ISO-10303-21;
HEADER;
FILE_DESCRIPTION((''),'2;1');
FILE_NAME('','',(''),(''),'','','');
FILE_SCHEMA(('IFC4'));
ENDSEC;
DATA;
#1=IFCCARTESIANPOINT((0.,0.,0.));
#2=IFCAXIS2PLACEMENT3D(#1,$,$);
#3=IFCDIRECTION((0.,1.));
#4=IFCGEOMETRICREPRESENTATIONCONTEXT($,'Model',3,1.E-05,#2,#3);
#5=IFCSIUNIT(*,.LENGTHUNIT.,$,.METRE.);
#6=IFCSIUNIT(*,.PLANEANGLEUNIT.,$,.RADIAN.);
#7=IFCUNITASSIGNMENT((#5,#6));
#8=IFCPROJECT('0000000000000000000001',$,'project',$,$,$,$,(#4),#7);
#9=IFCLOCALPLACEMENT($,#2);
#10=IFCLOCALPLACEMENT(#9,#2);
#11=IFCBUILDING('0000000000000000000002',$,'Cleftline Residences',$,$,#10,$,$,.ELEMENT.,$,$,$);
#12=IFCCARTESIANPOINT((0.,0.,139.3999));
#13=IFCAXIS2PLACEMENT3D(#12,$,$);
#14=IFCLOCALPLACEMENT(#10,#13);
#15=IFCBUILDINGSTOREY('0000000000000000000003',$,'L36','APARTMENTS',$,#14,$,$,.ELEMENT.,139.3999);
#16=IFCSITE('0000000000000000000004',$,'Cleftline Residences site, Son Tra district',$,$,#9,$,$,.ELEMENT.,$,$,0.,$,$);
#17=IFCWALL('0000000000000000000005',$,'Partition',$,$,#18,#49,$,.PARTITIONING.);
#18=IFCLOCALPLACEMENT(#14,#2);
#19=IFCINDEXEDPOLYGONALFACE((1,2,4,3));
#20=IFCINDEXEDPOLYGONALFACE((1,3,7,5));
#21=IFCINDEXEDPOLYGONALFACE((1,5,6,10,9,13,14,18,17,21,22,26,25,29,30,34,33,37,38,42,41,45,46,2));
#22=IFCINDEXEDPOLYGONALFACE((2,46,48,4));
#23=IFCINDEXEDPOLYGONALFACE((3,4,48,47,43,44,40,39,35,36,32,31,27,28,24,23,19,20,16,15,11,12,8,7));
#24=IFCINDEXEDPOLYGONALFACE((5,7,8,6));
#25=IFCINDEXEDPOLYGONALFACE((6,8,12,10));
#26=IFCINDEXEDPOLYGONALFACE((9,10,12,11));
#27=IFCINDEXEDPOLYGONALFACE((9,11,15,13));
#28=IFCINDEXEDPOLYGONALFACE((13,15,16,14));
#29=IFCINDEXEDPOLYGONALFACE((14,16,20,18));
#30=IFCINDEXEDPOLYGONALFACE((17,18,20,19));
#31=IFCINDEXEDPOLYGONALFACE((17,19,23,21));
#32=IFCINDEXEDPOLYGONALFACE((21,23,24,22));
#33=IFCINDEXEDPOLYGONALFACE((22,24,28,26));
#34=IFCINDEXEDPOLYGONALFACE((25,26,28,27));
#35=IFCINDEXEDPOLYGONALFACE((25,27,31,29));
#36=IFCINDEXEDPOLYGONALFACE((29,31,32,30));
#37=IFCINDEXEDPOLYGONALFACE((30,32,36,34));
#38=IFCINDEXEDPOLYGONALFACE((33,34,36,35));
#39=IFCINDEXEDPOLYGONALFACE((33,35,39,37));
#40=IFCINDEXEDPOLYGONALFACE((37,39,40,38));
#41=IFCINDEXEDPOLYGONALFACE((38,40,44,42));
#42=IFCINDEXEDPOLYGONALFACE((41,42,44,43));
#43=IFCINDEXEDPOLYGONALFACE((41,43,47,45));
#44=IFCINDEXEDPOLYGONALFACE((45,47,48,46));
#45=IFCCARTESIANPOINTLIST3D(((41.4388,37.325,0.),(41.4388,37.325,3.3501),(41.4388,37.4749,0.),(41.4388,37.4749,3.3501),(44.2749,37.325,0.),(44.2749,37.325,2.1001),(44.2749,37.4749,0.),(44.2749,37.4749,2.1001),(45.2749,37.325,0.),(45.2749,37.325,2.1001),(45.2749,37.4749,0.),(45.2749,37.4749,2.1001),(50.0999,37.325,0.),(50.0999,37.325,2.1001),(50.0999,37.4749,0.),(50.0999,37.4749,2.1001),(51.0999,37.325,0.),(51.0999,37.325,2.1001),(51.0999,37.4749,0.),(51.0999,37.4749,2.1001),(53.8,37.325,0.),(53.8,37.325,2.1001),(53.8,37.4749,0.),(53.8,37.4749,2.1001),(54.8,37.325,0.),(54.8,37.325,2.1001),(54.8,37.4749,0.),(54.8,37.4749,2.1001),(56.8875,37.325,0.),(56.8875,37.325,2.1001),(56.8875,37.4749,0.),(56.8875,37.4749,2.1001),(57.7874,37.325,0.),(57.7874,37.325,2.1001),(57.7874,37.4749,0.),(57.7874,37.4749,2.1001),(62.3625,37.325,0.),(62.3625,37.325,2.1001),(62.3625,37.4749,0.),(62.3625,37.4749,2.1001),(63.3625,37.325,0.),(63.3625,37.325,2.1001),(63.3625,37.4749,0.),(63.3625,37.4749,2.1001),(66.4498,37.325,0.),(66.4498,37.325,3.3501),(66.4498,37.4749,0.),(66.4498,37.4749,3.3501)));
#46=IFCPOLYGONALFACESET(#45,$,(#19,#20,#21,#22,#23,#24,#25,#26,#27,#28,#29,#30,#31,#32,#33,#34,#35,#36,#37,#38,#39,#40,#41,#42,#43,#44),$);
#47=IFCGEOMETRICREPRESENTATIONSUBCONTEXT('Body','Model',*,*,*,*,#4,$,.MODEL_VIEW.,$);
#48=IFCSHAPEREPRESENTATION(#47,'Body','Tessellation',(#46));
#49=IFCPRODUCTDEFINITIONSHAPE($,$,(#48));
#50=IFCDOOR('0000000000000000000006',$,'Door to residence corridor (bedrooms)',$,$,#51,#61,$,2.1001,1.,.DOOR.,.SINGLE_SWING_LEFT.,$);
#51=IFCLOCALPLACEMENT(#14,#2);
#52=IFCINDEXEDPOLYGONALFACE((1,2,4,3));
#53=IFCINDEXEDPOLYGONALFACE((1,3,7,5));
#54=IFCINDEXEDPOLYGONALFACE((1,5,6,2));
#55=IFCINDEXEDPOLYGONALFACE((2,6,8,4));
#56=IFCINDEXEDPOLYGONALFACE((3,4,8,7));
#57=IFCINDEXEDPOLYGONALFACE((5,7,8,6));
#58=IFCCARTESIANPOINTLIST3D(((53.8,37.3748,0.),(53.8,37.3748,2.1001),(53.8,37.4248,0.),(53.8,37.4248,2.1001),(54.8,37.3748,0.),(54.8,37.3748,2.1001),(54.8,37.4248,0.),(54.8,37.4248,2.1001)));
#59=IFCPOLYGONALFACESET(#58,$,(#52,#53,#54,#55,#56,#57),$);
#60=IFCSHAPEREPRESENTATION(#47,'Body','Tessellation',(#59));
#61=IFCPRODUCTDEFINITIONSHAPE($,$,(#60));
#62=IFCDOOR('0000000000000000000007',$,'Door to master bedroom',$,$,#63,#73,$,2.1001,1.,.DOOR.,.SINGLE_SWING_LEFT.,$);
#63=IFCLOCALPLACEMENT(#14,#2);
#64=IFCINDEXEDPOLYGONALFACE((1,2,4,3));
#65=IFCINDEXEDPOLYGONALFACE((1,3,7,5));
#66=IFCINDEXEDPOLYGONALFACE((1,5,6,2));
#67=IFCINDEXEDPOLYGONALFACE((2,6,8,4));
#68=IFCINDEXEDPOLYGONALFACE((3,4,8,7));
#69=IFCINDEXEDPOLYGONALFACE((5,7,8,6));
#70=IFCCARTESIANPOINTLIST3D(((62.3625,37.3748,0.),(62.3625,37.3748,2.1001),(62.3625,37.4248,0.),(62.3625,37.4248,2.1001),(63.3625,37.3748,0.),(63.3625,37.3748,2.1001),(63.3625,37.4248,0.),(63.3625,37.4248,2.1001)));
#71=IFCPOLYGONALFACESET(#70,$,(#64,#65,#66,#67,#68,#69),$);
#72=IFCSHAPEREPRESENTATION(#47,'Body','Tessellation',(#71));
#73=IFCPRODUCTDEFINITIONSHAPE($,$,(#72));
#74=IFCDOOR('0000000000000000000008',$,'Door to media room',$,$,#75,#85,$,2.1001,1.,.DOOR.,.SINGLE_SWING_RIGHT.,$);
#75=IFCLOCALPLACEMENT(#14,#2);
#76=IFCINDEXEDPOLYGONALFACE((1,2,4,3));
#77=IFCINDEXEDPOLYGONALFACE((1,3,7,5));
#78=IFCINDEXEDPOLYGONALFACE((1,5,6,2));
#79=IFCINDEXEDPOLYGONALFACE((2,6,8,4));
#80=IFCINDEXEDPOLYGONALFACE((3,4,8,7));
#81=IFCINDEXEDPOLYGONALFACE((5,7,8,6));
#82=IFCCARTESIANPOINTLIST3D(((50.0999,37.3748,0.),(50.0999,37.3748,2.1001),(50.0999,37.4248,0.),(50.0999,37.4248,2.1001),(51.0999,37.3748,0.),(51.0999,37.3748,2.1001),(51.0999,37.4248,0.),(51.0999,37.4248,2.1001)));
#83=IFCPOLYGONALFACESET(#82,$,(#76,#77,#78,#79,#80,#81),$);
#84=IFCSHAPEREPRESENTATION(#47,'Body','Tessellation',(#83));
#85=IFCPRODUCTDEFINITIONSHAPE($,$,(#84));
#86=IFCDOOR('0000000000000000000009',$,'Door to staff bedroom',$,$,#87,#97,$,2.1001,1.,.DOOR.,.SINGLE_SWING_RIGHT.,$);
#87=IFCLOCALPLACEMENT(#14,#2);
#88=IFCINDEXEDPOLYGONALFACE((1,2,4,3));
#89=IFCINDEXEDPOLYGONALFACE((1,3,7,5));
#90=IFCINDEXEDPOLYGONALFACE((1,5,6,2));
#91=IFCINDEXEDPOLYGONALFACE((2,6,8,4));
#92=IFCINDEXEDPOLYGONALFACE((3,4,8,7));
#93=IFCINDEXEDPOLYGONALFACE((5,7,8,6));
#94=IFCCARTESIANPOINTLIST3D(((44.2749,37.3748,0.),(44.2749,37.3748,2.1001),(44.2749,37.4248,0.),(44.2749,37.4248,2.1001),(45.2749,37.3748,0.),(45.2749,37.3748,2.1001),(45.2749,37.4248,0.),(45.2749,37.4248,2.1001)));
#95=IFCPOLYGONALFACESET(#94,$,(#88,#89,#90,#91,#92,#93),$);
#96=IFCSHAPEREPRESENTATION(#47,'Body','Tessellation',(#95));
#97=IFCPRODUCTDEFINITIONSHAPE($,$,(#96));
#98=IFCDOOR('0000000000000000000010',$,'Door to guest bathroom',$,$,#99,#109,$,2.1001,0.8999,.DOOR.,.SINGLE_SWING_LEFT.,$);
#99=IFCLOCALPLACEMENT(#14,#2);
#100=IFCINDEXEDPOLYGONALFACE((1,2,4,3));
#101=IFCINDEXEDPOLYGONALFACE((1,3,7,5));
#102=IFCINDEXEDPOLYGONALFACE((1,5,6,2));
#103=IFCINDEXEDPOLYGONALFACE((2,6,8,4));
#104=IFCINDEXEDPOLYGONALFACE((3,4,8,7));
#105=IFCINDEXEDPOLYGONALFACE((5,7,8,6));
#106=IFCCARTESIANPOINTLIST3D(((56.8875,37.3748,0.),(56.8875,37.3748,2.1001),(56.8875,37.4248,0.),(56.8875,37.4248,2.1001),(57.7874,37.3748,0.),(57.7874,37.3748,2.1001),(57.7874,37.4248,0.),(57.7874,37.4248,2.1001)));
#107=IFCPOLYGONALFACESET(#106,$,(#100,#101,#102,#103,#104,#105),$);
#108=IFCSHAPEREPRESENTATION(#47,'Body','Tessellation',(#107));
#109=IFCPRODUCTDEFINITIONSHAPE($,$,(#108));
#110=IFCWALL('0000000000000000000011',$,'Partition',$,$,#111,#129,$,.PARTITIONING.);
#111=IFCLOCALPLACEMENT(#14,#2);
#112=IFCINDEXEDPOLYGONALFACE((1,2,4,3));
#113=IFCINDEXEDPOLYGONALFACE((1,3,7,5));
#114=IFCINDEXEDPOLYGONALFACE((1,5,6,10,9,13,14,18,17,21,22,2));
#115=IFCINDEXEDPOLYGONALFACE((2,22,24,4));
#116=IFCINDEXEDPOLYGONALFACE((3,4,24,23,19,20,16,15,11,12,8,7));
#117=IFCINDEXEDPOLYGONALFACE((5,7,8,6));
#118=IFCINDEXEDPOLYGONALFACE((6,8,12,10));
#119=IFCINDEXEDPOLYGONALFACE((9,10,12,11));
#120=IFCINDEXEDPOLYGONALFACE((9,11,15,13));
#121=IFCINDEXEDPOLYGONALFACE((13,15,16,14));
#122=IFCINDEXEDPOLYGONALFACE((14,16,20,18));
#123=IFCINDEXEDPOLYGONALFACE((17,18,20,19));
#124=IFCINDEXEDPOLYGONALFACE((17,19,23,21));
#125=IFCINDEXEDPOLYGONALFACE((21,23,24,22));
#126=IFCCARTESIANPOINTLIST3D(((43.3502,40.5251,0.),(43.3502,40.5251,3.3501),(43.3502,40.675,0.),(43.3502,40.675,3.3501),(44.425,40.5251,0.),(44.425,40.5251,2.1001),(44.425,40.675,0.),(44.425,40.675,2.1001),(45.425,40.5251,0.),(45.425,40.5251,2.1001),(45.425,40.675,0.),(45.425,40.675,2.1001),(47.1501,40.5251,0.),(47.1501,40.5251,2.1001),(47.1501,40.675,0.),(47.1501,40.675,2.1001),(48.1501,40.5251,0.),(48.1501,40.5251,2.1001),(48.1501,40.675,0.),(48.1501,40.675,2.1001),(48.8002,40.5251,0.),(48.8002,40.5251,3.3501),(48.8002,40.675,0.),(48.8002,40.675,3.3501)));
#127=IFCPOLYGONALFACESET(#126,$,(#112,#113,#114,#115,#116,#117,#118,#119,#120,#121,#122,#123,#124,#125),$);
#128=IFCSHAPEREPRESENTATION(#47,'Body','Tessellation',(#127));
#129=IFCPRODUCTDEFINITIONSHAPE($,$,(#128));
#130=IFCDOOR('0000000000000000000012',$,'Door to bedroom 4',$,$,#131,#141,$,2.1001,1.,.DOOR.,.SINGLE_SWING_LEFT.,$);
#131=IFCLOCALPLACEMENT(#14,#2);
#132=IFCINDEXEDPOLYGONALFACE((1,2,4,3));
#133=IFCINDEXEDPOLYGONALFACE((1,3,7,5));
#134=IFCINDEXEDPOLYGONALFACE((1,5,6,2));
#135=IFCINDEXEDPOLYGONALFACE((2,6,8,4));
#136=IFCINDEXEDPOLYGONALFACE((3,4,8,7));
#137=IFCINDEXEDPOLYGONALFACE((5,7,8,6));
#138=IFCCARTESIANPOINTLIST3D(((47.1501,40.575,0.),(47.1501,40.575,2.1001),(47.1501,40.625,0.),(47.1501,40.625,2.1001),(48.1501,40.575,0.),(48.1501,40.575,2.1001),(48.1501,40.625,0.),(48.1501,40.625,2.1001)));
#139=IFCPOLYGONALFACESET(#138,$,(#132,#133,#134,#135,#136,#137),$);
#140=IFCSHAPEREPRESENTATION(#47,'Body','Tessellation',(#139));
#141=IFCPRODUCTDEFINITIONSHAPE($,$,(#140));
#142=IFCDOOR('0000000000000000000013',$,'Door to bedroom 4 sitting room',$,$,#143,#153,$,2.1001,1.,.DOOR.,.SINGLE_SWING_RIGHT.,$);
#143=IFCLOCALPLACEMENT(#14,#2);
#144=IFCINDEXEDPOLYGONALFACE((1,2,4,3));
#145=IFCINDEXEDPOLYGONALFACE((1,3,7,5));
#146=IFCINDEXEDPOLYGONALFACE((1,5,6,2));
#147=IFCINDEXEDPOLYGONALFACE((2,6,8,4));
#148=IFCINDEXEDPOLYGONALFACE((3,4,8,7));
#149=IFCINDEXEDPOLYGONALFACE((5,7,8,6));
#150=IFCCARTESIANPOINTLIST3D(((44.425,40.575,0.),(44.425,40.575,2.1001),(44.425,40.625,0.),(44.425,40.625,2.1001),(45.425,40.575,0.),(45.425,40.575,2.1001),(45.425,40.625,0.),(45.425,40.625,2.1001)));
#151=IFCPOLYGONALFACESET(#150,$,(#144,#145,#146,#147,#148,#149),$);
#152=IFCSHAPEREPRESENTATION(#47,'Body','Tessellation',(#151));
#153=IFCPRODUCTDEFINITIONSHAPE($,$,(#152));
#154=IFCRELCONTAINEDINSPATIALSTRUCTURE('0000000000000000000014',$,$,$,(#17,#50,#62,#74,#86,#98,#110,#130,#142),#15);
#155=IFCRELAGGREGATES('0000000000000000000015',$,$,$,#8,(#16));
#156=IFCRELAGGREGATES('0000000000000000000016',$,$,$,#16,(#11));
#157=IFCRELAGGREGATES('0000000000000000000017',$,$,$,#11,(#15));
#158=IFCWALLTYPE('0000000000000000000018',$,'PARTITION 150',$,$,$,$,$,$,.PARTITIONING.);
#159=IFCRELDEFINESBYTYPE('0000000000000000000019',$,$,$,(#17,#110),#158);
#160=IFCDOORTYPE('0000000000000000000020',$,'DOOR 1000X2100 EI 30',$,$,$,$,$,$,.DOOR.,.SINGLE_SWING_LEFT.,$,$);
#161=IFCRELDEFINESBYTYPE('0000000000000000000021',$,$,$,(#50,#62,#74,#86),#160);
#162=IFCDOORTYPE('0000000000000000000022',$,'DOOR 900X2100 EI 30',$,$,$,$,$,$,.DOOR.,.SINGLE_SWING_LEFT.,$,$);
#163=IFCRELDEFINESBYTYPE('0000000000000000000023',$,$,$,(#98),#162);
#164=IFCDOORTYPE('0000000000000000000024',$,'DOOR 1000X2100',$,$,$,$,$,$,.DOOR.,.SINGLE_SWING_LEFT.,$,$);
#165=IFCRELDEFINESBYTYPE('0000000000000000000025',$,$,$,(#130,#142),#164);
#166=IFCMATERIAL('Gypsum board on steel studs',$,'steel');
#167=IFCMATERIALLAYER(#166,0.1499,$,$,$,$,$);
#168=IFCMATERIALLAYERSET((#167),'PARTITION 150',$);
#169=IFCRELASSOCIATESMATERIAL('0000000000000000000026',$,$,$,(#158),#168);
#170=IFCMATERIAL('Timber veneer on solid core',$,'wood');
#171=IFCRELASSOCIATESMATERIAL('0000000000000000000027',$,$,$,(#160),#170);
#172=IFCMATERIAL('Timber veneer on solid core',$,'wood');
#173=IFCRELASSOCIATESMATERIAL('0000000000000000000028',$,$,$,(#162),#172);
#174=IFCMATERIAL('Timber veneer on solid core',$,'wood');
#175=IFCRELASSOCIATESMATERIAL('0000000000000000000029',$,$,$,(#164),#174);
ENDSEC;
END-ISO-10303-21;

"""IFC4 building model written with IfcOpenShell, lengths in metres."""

from ifc_helpers import new_model, si_unit, direction, frame, frame_2d, origin, place, context, subcontext, project, spatial, rectangle, extrude, material, layer, layer_set, type_object, element, fill, save


model = new_model("IFC4")

# Units and contexts
model_context = context("Model", 3, precision=1e-05, world=origin(), true_north=direction((0.0, 1.0)))
body_context = subcontext(model_context, "Body", "Model", "MODEL_VIEW")
ifc_project = project(units=[si_unit("LENGTHUNIT", "METRE"), si_unit("PLANEANGLEUNIT", "RADIAN")], contexts=[model_context])

# Site, building, storey
site_placement = place(None, origin())
site = spatial("IfcSite", under=ifc_project, at=site_placement, Name="Cleftline Residences site, Son Tra district", CompositionType="ELEMENT", RefElevation=0.0)
building_placement = place(site_placement, origin())
building = spatial("IfcBuilding", under=site, at=building_placement, Name="Cleftline Residences", CompositionType="ELEMENT")
storey_placement = place(building_placement, frame((0.0, 0.0, 139.3999)))
storey = spatial("IfcBuildingStorey", under=building, at=storey_placement, Name="L36", Description="APARTMENTS", CompositionType="ELEMENT", Elevation=139.3999)

# Walls, openings, doors
ifc_material_1 = material(Name="Gypsum board on steel studs", Category="steel")
ifc_layer = layer(ifc_material_1, 0.1499)
ifc_layer_set = layer_set([ifc_layer], Name="PARTITION 150")
wall_type = type_object("IfcWallType", Name="PARTITION 150", PredefinedType="PARTITIONING", material=ifc_layer_set)
wall_1_placement = place(storey_placement, frame((41.439, 37.3999, 0.0), z_axis=(0.0, 0.0, 1.0), x_axis=(1.0, 0.0, 0.0)))
wall_1 = element("IfcWall", 1, at=wall_1_placement, inside=storey, type_object=wall_type, Name="Partition", PredefinedType="PARTITIONING", context=body_context, shape_type="SweptSolid", body=[
    extrude(rectangle(XDim=25.011, YDim=0.1499, at=frame_2d((12.5054, 0.0))), origin(), (0.0, 0.0, 1.0), 3.3501),
])
opening_1_placement = place(wall_1_placement, frame((12.3611, 0.0, 0.0)))
opening_1 = element("IfcOpeningElement", 2, at=opening_1_placement, cuts=wall_1, PredefinedType="OPENING", context=body_context, shape_type="SweptSolid", body=[
    extrude(rectangle(XDim=1.0, YDim=2.1001, at=frame_2d((0.5, 1.05))), frame((0.0, 0.085, 0.0), z_axis=(0.0, -1.0, 0.0), x_axis=(1.0, 0.0, 0.0)), (0.0, 0.0, 1.0), 0.1699),
])
opening_2_placement = place(wall_1_placement, frame((20.9236, 0.0, 0.0)))
opening_2 = element("IfcOpeningElement", 3, at=opening_2_placement, cuts=wall_1, PredefinedType="OPENING", context=body_context, shape_type="SweptSolid", body=[
    extrude(rectangle(XDim=1.0, YDim=2.1001, at=frame_2d((0.5, 1.05))), frame((0.0, 0.085, 0.0), z_axis=(0.0, -1.0, 0.0), x_axis=(1.0, 0.0, 0.0)), (0.0, 0.0, 1.0), 0.1699),
])
opening_3_placement = place(wall_1_placement, frame((15.4485, 0.0, 0.0)))
opening_3 = element("IfcOpeningElement", 4, at=opening_3_placement, cuts=wall_1, PredefinedType="OPENING", context=body_context, shape_type="SweptSolid", body=[
    extrude(rectangle(XDim=0.8999, YDim=2.1001, at=frame_2d((0.45, 1.05))), frame((0.0, 0.085, 0.0), z_axis=(0.0, -1.0, 0.0), x_axis=(1.0, 0.0, 0.0)), (0.0, 0.0, 1.0), 0.1699),
])
opening_4_placement = place(wall_1_placement, frame((8.6609, 0.0, 0.0)))
opening_4 = element("IfcOpeningElement", 5, at=opening_4_placement, cuts=wall_1, PredefinedType="OPENING", context=body_context, shape_type="SweptSolid", body=[
    extrude(rectangle(XDim=1.0, YDim=2.1001, at=frame_2d((0.5, 1.05))), frame((0.0, 0.085, 0.0), z_axis=(0.0, -1.0, 0.0), x_axis=(1.0, 0.0, 0.0)), (0.0, 0.0, 1.0), 0.1699),
])
opening_5_placement = place(wall_1_placement, frame((2.8359, 0.0, 0.0)))
opening_5 = element("IfcOpeningElement", 6, at=opening_5_placement, cuts=wall_1, PredefinedType="OPENING", context=body_context, shape_type="SweptSolid", body=[
    extrude(rectangle(XDim=1.0, YDim=2.1001, at=frame_2d((0.5, 1.05))), frame((0.0, 0.085, 0.0), z_axis=(0.0, -1.0, 0.0), x_axis=(1.0, 0.0, 0.0)), (0.0, 0.0, 1.0), 0.1699),
])
ifc_material_2 = material(Name="Timber veneer on solid core", Category="wood")
door_type_1 = type_object("IfcDoorType", Name="DOOR 1000X2100 EI 30", OperationType="SINGLE_SWING_LEFT", PredefinedType="DOOR", material=ifc_material_2)
door_1_placement = place(opening_1_placement, origin())
door_1 = element("IfcDoor", 7, at=door_1_placement, inside=storey, type_object=door_type_1, Name="Door to residence corridor (bedrooms)", OperationType="SINGLE_SWING_LEFT", OverallHeight=2.1001, OverallWidth=1.0, PredefinedType="DOOR", context=body_context, shape_type="SweptSolid", body=[
    extrude(rectangle(XDim=1.0, YDim=2.1001, at=frame_2d((0.5, 1.05))), frame((0.0, 0.0249, 0.0), z_axis=(0.0, -1.0, 0.0), x_axis=(1.0, 0.0, 0.0)), (0.0, 0.0, 1.0), 0.05),
])
fill(opening_1, door_1)
door_2_placement = place(opening_2_placement, origin())
door_2 = element("IfcDoor", 8, at=door_2_placement, inside=storey, type_object=door_type_1, Name="Door to master bedroom", OperationType="SINGLE_SWING_LEFT", OverallHeight=2.1001, OverallWidth=1.0, PredefinedType="DOOR", context=body_context, shape_type="SweptSolid", body=[
    extrude(rectangle(XDim=1.0, YDim=2.1001, at=frame_2d((0.5, 1.05))), frame((0.0, 0.0249, 0.0), z_axis=(0.0, -1.0, 0.0), x_axis=(1.0, 0.0, 0.0)), (0.0, 0.0, 1.0), 0.05),
])
fill(opening_2, door_2)
door_3_placement = place(opening_4_placement, origin())
door_3 = element("IfcDoor", 9, at=door_3_placement, inside=storey, type_object=door_type_1, Name="Door to media room", OperationType="SINGLE_SWING_RIGHT", OverallHeight=2.1001, OverallWidth=1.0, PredefinedType="DOOR", context=body_context, shape_type="SweptSolid", body=[
    extrude(rectangle(XDim=1.0, YDim=2.1001, at=frame_2d((0.5, 1.05))), frame((0.0, 0.0249, 0.0), z_axis=(0.0, -1.0, 0.0), x_axis=(1.0, 0.0, 0.0)), (0.0, 0.0, 1.0), 0.05),
])
fill(opening_4, door_3)
door_4_placement = place(opening_5_placement, origin())
door_4 = element("IfcDoor", 10, at=door_4_placement, inside=storey, type_object=door_type_1, Name="Door to staff bedroom", OperationType="SINGLE_SWING_RIGHT", OverallHeight=2.1001, OverallWidth=1.0, PredefinedType="DOOR", context=body_context, shape_type="SweptSolid", body=[
    extrude(rectangle(XDim=1.0, YDim=2.1001, at=frame_2d((0.5, 1.05))), frame((0.0, 0.0249, 0.0), z_axis=(0.0, -1.0, 0.0), x_axis=(1.0, 0.0, 0.0)), (0.0, 0.0, 1.0), 0.05),
])
fill(opening_5, door_4)
ifc_material_3 = material(Name="Timber veneer on solid core", Category="wood")
door_type_2 = type_object("IfcDoorType", Name="DOOR 900X2100 EI 30", OperationType="SINGLE_SWING_LEFT", PredefinedType="DOOR", material=ifc_material_3)
door_5_placement = place(opening_3_placement, origin())
door_5 = element("IfcDoor", 11, at=door_5_placement, inside=storey, type_object=door_type_2, Name="Door to guest bathroom", OperationType="SINGLE_SWING_LEFT", OverallHeight=2.1001, OverallWidth=0.8999, PredefinedType="DOOR", context=body_context, shape_type="SweptSolid", body=[
    extrude(rectangle(XDim=0.8999, YDim=2.1001, at=frame_2d((0.45, 1.05))), frame((0.0, 0.0249, 0.0), z_axis=(0.0, -1.0, 0.0), x_axis=(1.0, 0.0, 0.0)), (0.0, 0.0, 1.0), 0.05),
])
fill(opening_3, door_5)
wall_2_placement = place(storey_placement, frame((43.3501, 40.6001, 0.0), z_axis=(0.0, 0.0, 1.0), x_axis=(1.0, 0.0, 0.0)))
wall_2 = element("IfcWall", 12, at=wall_2_placement, inside=storey, type_object=wall_type, Name="Partition", PredefinedType="PARTITIONING", context=body_context, shape_type="SweptSolid", body=[
    extrude(rectangle(XDim=5.45, YDim=0.1499, at=frame_2d((2.7251, 0.0))), origin(), (0.0, 0.0, 1.0), 3.3501),
])
opening_6_placement = place(wall_2_placement, frame((3.8, 0.0, 0.0)))
opening_6 = element("IfcOpeningElement", 13, at=opening_6_placement, cuts=wall_2, PredefinedType="OPENING", context=body_context, shape_type="SweptSolid", body=[
    extrude(rectangle(XDim=1.0, YDim=2.1001, at=frame_2d((0.5, 1.05))), frame((0.0, 0.085, 0.0), z_axis=(0.0, -1.0, 0.0), x_axis=(1.0, 0.0, 0.0)), (0.0, 0.0, 1.0), 0.1699),
])
opening_7_placement = place(wall_2_placement, frame((1.075, 0.0, 0.0)))
opening_7 = element("IfcOpeningElement", 14, at=opening_7_placement, cuts=wall_2, PredefinedType="OPENING", context=body_context, shape_type="SweptSolid", body=[
    extrude(rectangle(XDim=1.0, YDim=2.1001, at=frame_2d((0.5, 1.05))), frame((0.0, 0.085, 0.0), z_axis=(0.0, -1.0, 0.0), x_axis=(1.0, 0.0, 0.0)), (0.0, 0.0, 1.0), 0.1699),
])
ifc_material_4 = material(Name="Timber veneer on solid core", Category="wood")
door_type_3 = type_object("IfcDoorType", Name="DOOR 1000X2100", OperationType="SINGLE_SWING_LEFT", PredefinedType="DOOR", material=ifc_material_4)
door_6_placement = place(opening_6_placement, origin())
door_6 = element("IfcDoor", 15, at=door_6_placement, inside=storey, type_object=door_type_3, Name="Door to bedroom 4", OperationType="SINGLE_SWING_LEFT", OverallHeight=2.1001, OverallWidth=1.0, PredefinedType="DOOR", context=body_context, shape_type="SweptSolid", body=[
    extrude(rectangle(XDim=1.0, YDim=2.1001, at=frame_2d((0.5, 1.05))), frame((0.0, 0.0249, 0.0), z_axis=(0.0, -1.0, 0.0), x_axis=(1.0, 0.0, 0.0)), (0.0, 0.0, 1.0), 0.05),
])
fill(opening_6, door_6)
door_7_placement = place(opening_7_placement, origin())
door_7 = element("IfcDoor", 16, at=door_7_placement, inside=storey, type_object=door_type_3, Name="Door to bedroom 4 sitting room", OperationType="SINGLE_SWING_RIGHT", OverallHeight=2.1001, OverallWidth=1.0, PredefinedType="DOOR", context=body_context, shape_type="SweptSolid", body=[
    extrude(rectangle(XDim=1.0, YDim=2.1001, at=frame_2d((0.5, 1.05))), frame((0.0, 0.0249, 0.0), z_axis=(0.0, -1.0, 0.0), x_axis=(1.0, 0.0, 0.0)), (0.0, 0.0, 1.0), 0.05),
])
fill(opening_7, door_7)

save(model, "model.ifc")
